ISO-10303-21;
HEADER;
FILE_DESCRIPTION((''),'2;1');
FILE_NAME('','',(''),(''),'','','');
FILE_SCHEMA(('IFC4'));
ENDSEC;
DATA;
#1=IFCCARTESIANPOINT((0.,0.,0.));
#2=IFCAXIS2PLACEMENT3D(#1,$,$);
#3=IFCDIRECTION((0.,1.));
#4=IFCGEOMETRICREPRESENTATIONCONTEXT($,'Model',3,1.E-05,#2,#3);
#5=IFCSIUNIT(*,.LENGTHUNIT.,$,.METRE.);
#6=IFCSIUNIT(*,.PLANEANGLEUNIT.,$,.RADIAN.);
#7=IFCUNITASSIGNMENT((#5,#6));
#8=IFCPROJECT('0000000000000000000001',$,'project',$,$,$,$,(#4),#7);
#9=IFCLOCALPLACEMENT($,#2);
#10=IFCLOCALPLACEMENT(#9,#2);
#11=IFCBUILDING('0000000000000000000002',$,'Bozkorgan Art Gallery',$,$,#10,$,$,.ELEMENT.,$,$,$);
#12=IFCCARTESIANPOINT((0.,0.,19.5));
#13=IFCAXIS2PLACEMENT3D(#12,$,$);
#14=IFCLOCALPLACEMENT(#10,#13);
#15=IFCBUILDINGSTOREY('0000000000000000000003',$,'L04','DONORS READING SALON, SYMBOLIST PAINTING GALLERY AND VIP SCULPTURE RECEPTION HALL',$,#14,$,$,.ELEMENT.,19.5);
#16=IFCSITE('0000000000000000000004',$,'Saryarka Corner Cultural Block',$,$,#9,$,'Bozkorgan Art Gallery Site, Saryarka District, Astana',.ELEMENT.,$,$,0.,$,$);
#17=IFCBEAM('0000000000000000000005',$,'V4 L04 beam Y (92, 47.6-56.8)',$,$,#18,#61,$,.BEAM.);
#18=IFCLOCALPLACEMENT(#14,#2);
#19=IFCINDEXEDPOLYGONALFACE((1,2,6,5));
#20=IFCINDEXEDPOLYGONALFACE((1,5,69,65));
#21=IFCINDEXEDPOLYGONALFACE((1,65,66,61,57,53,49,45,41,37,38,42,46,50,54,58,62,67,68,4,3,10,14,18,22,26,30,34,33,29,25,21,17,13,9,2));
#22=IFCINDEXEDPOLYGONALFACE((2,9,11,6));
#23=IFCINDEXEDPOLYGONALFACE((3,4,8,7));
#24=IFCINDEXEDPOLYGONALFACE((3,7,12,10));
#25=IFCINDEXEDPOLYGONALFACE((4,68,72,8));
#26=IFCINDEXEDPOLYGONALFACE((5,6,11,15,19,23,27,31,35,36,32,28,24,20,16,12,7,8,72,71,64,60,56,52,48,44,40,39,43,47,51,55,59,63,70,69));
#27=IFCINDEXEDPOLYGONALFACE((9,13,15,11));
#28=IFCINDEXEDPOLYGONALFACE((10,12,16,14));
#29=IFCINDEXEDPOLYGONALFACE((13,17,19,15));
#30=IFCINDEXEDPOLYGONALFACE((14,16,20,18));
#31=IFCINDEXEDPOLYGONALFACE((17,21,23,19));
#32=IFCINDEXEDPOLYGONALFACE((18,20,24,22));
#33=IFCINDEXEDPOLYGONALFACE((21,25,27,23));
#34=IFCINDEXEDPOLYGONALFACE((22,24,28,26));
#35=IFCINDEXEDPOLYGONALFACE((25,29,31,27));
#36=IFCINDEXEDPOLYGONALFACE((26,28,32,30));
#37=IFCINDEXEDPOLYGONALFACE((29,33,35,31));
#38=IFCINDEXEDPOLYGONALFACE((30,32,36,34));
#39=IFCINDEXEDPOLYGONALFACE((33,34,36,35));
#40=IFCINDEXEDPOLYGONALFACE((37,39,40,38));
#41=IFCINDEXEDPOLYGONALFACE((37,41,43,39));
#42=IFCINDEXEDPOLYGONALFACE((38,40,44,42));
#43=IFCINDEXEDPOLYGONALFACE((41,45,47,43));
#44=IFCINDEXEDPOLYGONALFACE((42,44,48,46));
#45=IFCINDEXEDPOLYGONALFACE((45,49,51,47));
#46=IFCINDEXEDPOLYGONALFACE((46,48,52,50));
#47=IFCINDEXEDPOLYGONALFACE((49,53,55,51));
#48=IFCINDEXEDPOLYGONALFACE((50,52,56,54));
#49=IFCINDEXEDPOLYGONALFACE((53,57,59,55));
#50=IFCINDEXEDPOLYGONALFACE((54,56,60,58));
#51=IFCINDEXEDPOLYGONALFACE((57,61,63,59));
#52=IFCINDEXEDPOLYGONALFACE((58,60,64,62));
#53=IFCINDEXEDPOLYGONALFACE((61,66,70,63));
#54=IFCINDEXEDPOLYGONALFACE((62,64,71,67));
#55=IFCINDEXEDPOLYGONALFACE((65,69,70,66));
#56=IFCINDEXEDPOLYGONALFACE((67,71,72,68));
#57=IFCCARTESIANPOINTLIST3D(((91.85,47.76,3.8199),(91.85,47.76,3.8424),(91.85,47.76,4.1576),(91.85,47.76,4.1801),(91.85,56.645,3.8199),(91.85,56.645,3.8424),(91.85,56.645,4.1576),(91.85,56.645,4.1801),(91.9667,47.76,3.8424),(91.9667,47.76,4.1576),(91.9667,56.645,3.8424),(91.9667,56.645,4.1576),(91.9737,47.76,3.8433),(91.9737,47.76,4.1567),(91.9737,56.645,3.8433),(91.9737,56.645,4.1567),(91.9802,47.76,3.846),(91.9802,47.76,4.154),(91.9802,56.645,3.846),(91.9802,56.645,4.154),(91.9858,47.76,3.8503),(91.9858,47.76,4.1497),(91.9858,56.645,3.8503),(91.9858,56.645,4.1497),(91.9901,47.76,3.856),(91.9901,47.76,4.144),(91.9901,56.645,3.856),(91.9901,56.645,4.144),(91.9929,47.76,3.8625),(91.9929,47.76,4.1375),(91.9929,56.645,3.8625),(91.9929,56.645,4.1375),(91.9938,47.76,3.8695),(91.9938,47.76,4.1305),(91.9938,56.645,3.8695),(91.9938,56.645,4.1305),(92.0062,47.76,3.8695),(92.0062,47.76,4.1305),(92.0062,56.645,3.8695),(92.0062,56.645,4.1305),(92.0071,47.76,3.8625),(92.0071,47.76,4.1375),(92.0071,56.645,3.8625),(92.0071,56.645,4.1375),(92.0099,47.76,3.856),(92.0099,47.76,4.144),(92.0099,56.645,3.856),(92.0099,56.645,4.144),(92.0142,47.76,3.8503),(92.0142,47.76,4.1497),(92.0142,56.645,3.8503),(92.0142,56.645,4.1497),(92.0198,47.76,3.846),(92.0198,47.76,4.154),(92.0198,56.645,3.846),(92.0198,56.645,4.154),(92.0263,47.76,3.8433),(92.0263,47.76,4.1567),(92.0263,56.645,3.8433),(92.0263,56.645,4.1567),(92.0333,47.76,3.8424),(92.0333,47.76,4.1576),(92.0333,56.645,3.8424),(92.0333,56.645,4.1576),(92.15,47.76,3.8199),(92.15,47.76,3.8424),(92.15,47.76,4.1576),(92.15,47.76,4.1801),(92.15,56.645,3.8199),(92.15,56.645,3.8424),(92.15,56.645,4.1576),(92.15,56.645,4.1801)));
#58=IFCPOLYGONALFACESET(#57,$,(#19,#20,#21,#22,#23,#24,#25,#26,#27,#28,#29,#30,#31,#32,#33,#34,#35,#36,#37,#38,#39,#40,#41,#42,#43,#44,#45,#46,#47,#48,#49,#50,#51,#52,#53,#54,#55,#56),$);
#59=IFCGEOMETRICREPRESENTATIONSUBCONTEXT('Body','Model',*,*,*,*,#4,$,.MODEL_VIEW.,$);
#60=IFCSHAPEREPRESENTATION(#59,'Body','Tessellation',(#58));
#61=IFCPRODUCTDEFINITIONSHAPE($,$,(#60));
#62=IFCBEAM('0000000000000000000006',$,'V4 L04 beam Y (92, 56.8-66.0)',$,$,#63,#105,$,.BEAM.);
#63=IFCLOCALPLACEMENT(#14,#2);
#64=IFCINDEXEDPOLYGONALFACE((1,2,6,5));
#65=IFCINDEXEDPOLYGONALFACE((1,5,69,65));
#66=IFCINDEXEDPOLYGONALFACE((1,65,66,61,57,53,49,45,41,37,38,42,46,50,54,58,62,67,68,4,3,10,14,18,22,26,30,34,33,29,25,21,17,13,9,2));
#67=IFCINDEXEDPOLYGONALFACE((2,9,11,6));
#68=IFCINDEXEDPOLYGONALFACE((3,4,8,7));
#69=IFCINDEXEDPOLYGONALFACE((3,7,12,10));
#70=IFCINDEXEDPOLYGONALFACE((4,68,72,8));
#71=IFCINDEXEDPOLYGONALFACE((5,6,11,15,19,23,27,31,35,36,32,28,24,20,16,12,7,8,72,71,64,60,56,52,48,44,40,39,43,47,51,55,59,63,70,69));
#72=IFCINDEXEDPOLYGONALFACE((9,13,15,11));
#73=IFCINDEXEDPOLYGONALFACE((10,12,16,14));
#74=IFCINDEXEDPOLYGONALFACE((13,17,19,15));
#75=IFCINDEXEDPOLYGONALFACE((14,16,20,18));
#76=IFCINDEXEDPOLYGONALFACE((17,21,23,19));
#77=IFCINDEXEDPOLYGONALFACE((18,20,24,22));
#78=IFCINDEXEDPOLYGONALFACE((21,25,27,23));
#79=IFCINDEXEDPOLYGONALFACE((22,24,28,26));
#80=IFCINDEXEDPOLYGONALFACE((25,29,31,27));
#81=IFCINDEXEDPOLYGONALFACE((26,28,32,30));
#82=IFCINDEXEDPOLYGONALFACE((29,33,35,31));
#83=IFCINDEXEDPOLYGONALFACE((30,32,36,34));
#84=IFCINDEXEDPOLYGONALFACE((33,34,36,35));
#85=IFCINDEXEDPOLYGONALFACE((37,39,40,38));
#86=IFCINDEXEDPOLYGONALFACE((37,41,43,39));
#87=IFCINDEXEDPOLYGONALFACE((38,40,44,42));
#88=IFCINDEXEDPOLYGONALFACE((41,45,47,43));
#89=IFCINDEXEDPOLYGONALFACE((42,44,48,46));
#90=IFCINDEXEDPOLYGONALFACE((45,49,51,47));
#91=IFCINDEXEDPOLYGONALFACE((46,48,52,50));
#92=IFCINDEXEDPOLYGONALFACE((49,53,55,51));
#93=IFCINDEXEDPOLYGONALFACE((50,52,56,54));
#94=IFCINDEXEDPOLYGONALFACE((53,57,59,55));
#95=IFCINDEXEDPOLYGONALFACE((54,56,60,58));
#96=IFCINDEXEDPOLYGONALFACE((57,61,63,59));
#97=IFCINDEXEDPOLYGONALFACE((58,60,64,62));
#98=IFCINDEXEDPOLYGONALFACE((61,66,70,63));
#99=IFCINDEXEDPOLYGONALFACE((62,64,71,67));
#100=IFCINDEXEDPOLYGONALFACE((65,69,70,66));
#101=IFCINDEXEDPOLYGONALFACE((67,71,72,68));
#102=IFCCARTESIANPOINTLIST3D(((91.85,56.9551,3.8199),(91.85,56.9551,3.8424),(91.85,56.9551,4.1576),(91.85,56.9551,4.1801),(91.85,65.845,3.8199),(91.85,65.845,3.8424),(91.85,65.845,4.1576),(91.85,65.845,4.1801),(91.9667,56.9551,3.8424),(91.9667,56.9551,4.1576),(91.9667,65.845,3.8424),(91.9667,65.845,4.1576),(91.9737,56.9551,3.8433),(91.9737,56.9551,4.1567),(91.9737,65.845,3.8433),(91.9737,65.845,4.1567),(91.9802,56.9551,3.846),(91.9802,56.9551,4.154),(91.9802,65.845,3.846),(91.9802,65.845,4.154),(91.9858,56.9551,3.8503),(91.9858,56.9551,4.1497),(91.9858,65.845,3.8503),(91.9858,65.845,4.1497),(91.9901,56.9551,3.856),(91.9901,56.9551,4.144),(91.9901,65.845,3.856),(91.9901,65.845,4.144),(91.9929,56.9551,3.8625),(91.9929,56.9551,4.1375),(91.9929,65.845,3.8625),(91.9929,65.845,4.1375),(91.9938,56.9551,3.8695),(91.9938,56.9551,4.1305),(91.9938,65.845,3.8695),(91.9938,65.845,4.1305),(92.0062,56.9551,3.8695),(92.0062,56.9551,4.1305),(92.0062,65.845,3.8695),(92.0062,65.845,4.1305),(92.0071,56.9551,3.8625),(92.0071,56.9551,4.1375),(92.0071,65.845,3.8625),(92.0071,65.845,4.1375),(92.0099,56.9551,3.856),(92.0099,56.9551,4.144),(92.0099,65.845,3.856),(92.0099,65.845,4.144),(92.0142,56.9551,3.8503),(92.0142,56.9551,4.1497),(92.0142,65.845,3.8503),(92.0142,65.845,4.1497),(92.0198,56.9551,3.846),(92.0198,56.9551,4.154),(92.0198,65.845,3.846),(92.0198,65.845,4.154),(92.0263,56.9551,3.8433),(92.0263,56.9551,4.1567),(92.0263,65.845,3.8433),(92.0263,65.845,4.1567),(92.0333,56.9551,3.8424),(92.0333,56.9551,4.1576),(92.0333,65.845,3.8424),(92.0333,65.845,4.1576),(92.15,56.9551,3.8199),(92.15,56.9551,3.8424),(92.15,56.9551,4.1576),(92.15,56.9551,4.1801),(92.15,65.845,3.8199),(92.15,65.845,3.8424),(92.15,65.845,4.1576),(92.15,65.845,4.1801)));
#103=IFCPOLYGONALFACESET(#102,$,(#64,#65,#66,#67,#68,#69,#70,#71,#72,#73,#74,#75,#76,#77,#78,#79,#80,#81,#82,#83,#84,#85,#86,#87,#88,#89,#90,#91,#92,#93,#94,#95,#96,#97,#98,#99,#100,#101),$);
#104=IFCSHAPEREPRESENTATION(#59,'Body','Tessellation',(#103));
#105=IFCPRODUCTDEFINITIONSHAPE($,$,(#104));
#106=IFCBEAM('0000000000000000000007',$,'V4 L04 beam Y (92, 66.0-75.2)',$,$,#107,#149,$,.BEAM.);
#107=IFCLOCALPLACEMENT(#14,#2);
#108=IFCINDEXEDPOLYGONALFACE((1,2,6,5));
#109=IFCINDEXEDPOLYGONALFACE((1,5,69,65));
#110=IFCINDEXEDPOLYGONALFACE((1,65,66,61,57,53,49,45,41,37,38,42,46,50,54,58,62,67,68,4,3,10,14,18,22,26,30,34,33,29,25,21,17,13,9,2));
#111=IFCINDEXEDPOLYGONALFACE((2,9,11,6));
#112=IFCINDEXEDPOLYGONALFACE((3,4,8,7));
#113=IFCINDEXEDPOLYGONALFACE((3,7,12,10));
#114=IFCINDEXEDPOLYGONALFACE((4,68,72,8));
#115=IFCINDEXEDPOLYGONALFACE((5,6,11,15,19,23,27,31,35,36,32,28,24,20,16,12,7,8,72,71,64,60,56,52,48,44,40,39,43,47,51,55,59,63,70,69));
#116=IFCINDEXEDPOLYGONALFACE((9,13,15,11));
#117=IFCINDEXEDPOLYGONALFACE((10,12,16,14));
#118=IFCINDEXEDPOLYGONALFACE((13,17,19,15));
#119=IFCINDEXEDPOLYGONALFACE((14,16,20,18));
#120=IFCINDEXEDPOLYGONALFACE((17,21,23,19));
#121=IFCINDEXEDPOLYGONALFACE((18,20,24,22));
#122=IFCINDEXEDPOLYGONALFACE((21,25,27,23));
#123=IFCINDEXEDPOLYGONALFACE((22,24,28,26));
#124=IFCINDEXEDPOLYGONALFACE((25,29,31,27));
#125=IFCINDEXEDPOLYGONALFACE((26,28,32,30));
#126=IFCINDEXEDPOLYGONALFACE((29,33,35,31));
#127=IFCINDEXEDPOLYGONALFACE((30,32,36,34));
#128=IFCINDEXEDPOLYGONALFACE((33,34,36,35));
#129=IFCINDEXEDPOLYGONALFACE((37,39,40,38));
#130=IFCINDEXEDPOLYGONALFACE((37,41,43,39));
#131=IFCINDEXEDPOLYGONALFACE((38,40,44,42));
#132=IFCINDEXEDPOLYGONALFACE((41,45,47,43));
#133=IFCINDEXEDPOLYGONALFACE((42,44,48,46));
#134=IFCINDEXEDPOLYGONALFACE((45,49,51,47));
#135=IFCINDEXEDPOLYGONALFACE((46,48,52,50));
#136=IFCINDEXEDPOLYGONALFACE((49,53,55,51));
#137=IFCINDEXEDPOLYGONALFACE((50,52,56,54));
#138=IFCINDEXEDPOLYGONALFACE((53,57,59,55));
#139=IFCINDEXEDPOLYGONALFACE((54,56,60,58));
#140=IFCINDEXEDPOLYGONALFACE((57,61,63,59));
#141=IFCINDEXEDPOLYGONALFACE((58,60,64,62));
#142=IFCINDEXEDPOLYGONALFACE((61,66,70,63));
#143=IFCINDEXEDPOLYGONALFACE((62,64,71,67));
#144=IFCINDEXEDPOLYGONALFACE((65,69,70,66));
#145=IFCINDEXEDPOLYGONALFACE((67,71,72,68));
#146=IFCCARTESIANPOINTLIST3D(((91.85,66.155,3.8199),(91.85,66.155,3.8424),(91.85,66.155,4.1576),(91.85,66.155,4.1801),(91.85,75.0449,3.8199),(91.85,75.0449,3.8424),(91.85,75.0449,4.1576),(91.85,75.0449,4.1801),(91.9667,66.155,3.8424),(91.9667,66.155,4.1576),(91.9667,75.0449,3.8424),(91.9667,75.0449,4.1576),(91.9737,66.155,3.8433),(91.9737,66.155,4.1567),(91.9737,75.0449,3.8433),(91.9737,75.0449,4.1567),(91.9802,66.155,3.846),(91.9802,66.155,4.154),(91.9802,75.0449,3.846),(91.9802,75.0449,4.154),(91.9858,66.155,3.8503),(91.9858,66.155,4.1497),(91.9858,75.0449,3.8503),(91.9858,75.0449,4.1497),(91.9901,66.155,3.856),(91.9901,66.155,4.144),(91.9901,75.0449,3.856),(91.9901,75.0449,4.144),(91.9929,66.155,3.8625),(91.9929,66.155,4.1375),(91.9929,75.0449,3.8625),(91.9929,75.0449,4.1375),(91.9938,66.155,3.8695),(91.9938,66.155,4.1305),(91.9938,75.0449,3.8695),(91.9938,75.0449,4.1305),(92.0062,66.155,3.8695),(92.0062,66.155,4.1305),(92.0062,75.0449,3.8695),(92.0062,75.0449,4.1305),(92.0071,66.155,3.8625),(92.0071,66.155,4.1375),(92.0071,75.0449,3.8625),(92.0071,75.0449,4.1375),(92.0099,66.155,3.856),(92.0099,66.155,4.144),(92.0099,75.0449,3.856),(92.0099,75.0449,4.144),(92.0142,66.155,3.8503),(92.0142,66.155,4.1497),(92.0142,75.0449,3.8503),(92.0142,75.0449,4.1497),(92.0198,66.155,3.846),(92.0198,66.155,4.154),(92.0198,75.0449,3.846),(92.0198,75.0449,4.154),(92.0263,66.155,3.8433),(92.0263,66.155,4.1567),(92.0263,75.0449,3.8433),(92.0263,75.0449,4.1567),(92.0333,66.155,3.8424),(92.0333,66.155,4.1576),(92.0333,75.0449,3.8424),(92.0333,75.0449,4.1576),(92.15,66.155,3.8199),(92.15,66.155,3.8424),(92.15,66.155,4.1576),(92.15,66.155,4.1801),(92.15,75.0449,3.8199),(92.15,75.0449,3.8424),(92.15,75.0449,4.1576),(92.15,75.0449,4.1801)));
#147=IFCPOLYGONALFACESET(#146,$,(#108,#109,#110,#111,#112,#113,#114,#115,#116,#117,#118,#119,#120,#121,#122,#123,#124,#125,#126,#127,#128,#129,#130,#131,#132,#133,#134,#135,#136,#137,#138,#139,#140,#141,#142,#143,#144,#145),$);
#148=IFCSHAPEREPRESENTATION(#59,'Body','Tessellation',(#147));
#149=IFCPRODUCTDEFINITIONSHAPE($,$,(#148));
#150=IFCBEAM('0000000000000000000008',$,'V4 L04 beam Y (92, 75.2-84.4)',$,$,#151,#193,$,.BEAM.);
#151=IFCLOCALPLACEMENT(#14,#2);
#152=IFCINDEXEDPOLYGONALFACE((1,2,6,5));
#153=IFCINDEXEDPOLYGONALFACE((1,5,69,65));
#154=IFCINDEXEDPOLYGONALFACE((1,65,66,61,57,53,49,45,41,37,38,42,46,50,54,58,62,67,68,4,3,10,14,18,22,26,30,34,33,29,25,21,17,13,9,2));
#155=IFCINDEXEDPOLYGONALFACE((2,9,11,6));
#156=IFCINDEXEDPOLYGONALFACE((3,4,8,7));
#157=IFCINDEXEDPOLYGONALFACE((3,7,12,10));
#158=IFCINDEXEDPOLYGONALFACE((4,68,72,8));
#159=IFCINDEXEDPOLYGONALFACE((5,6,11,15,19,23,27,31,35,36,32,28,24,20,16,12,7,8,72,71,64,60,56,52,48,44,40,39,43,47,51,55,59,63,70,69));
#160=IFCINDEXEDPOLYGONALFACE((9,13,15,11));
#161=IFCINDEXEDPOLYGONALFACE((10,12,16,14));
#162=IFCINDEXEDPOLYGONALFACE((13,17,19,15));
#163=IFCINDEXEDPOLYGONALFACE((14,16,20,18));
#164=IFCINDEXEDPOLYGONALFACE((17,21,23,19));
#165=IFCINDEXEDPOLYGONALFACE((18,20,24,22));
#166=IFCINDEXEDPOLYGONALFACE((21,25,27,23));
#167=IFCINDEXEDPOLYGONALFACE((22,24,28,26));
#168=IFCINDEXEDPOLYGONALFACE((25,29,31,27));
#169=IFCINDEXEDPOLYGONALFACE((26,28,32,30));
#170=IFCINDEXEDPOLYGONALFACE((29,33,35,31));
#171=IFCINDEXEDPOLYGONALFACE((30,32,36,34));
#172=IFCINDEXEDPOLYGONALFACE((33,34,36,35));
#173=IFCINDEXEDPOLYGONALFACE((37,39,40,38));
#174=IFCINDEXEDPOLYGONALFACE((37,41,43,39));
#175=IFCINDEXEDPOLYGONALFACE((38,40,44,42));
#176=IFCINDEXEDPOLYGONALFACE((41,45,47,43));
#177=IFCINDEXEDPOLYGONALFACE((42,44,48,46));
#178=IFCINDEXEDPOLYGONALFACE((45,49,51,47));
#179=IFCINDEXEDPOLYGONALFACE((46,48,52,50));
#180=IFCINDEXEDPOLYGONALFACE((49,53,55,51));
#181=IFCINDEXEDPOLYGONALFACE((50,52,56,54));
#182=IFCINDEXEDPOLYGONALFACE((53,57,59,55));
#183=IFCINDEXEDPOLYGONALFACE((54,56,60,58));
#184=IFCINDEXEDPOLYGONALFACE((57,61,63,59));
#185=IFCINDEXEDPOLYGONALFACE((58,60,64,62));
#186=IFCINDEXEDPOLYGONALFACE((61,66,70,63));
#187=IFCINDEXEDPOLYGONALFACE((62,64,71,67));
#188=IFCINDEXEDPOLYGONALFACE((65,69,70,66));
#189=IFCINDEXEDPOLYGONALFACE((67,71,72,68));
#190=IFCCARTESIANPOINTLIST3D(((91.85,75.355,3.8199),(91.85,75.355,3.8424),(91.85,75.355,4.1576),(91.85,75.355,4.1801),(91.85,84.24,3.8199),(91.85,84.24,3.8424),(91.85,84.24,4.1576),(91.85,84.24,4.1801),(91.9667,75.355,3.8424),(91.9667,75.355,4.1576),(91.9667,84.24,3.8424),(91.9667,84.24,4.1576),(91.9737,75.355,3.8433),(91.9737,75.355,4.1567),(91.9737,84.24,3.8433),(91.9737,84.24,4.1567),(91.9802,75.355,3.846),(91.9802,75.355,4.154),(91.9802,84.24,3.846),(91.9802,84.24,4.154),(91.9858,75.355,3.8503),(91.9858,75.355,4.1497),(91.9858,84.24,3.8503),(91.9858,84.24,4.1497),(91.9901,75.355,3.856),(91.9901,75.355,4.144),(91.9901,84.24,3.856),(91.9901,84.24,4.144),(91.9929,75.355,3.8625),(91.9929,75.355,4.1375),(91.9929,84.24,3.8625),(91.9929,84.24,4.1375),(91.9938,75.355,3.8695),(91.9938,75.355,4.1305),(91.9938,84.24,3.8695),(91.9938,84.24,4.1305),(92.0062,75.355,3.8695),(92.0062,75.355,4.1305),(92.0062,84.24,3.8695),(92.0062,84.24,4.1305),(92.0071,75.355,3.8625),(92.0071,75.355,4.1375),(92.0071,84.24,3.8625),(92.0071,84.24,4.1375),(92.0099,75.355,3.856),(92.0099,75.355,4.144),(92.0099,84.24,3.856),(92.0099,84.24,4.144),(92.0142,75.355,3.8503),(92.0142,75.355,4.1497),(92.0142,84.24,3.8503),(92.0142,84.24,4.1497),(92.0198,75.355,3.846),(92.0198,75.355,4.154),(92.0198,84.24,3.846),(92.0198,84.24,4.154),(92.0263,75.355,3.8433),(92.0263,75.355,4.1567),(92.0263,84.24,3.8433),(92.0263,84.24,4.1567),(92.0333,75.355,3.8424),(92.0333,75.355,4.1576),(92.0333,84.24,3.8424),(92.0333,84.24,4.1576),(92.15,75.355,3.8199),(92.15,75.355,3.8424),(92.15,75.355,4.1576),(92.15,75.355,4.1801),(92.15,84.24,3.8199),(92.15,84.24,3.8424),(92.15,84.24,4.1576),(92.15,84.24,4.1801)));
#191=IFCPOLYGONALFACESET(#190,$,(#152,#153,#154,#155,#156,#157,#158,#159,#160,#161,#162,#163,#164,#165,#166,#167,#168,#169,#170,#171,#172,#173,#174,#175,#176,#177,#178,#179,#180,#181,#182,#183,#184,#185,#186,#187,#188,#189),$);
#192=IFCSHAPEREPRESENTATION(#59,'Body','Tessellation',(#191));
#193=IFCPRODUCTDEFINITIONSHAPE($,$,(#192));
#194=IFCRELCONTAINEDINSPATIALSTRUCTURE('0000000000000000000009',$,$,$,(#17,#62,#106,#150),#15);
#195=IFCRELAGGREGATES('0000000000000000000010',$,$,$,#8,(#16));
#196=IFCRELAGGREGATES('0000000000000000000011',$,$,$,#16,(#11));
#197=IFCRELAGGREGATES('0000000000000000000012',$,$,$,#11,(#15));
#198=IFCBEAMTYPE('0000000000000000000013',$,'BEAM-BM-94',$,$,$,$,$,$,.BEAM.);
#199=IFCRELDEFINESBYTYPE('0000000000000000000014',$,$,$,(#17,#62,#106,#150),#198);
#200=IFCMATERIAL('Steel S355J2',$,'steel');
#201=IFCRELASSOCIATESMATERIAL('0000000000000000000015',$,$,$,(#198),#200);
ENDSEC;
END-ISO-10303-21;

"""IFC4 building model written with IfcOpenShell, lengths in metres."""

from ifc_helpers import new_model, si_unit, direction, frame, origin, origin_2d, place, context, subcontext, project, spatial, i_section, extrude, material, material_profile, profile_set, type_object, element, save


model = new_model("IFC4")

# Units and contexts
model_context = context("Model", 3, precision=1e-05, world=origin(), true_north=direction((0.0, 1.0)))
body_context = subcontext(model_context, "Body", "Model", "MODEL_VIEW")
ifc_project = project(units=[si_unit("LENGTHUNIT", "METRE"), si_unit("PLANEANGLEUNIT", "RADIAN")], contexts=[model_context])

# Site, building, storey
site_placement = place(None, origin())
site = spatial("IfcSite", under=ifc_project, at=site_placement, Name="Saryarka Corner Cultural Block", LongName="Bozkorgan Art Gallery Site, Saryarka District, Astana", CompositionType="ELEMENT", RefElevation=0.0)
building_placement = place(site_placement, origin())
building = spatial("IfcBuilding", under=site, at=building_placement, Name="Bozkorgan Art Gallery", CompositionType="ELEMENT")
storey_placement = place(building_placement, frame((0.0, 0.0, 19.5)))
storey = spatial("IfcBuildingStorey", under=building, at=storey_placement, Name="L04", Description="DONORS READING SALON, SYMBOLIST PAINTING GALLERY AND VIP SCULPTURE RECEPTION HALL", CompositionType="ELEMENT", Elevation=19.5)

# Shared definitions
ifc_material_1 = material(Name="Steel S355J2", Category="steel")

# Beams
ifc_material_profile_1 = material_profile(ifc_material_1, i_section(OverallWidth=0.3, OverallDepth=0.3601, WebThickness=0.0125, FlangeThickness=0.0225, FilletRadius=0.0271, at=origin_2d()), Name="HEB 360")
ifc_profile_set_1 = profile_set([ifc_material_profile_1], Name="Steel S355J2")
beam_type = type_object("IfcBeamType", Name="BEAM-BM-94", PredefinedType="BEAM", material=ifc_profile_set_1)
beam_1_placement = place(storey_placement, frame((92.0, 47.76, 4.0), z_axis=(0.0, 1.0, 0.0), x_axis=(-1.0, 0.0, 0.0)))
element("IfcBeam", 1, at=beam_1_placement, inside=storey, type_object=beam_type, Name="V4 L04 beam Y (92, 47.6-56.8)", PredefinedType="BEAM", context=body_context, shape_type="SweptSolid", body=[
    extrude(i_section(OverallWidth=0.3, OverallDepth=0.3601, WebThickness=0.0125, FlangeThickness=0.0225, FilletRadius=0.0271, at=origin_2d()), origin(), (0.0, 0.0, 1.0), 8.885),
])
for number, where, z_axis, x_axis, name in (
    (2, (92.0, 56.9551, 4.0), (0.0, 1.0, 0.0), (-1.0, 0.0, 0.0), "V4 L04 beam Y (92, 56.8-66.0)"),
    (3, (92.0, 66.155, 4.0), (0.0, 1.0, 0.0), (-1.0, 0.0, 0.0), "V4 L04 beam Y (92, 66.0-75.2)"),
):
    element("IfcBeam", number, at=place(storey_placement, frame(where, z_axis=z_axis, x_axis=x_axis)), inside=storey, type_object=beam_type, Name=name, PredefinedType="BEAM", context=body_context, shape_type="SweptSolid", body=[
        extrude(i_section(OverallWidth=0.3, OverallDepth=0.3601, WebThickness=0.0125, FlangeThickness=0.0225, FilletRadius=0.0271, at=origin_2d()), origin(), (0.0, 0.0, 1.0), 8.8899),
    ])
beam_2_placement = place(storey_placement, frame((92.0, 75.355, 4.0), z_axis=(0.0, 1.0, 0.0), x_axis=(-1.0, 0.0, 0.0)))
element("IfcBeam", 4, at=beam_2_placement, inside=storey, type_object=beam_type, Name="V4 L04 beam Y (92, 75.2-84.4)", PredefinedType="BEAM", context=body_context, shape_type="SweptSolid", body=[
    extrude(i_section(OverallWidth=0.3, OverallDepth=0.3601, WebThickness=0.0125, FlangeThickness=0.0225, FilletRadius=0.0271, at=origin_2d()), origin(), (0.0, 0.0, 1.0), 8.885),
])

save(model, "model.ifc")
